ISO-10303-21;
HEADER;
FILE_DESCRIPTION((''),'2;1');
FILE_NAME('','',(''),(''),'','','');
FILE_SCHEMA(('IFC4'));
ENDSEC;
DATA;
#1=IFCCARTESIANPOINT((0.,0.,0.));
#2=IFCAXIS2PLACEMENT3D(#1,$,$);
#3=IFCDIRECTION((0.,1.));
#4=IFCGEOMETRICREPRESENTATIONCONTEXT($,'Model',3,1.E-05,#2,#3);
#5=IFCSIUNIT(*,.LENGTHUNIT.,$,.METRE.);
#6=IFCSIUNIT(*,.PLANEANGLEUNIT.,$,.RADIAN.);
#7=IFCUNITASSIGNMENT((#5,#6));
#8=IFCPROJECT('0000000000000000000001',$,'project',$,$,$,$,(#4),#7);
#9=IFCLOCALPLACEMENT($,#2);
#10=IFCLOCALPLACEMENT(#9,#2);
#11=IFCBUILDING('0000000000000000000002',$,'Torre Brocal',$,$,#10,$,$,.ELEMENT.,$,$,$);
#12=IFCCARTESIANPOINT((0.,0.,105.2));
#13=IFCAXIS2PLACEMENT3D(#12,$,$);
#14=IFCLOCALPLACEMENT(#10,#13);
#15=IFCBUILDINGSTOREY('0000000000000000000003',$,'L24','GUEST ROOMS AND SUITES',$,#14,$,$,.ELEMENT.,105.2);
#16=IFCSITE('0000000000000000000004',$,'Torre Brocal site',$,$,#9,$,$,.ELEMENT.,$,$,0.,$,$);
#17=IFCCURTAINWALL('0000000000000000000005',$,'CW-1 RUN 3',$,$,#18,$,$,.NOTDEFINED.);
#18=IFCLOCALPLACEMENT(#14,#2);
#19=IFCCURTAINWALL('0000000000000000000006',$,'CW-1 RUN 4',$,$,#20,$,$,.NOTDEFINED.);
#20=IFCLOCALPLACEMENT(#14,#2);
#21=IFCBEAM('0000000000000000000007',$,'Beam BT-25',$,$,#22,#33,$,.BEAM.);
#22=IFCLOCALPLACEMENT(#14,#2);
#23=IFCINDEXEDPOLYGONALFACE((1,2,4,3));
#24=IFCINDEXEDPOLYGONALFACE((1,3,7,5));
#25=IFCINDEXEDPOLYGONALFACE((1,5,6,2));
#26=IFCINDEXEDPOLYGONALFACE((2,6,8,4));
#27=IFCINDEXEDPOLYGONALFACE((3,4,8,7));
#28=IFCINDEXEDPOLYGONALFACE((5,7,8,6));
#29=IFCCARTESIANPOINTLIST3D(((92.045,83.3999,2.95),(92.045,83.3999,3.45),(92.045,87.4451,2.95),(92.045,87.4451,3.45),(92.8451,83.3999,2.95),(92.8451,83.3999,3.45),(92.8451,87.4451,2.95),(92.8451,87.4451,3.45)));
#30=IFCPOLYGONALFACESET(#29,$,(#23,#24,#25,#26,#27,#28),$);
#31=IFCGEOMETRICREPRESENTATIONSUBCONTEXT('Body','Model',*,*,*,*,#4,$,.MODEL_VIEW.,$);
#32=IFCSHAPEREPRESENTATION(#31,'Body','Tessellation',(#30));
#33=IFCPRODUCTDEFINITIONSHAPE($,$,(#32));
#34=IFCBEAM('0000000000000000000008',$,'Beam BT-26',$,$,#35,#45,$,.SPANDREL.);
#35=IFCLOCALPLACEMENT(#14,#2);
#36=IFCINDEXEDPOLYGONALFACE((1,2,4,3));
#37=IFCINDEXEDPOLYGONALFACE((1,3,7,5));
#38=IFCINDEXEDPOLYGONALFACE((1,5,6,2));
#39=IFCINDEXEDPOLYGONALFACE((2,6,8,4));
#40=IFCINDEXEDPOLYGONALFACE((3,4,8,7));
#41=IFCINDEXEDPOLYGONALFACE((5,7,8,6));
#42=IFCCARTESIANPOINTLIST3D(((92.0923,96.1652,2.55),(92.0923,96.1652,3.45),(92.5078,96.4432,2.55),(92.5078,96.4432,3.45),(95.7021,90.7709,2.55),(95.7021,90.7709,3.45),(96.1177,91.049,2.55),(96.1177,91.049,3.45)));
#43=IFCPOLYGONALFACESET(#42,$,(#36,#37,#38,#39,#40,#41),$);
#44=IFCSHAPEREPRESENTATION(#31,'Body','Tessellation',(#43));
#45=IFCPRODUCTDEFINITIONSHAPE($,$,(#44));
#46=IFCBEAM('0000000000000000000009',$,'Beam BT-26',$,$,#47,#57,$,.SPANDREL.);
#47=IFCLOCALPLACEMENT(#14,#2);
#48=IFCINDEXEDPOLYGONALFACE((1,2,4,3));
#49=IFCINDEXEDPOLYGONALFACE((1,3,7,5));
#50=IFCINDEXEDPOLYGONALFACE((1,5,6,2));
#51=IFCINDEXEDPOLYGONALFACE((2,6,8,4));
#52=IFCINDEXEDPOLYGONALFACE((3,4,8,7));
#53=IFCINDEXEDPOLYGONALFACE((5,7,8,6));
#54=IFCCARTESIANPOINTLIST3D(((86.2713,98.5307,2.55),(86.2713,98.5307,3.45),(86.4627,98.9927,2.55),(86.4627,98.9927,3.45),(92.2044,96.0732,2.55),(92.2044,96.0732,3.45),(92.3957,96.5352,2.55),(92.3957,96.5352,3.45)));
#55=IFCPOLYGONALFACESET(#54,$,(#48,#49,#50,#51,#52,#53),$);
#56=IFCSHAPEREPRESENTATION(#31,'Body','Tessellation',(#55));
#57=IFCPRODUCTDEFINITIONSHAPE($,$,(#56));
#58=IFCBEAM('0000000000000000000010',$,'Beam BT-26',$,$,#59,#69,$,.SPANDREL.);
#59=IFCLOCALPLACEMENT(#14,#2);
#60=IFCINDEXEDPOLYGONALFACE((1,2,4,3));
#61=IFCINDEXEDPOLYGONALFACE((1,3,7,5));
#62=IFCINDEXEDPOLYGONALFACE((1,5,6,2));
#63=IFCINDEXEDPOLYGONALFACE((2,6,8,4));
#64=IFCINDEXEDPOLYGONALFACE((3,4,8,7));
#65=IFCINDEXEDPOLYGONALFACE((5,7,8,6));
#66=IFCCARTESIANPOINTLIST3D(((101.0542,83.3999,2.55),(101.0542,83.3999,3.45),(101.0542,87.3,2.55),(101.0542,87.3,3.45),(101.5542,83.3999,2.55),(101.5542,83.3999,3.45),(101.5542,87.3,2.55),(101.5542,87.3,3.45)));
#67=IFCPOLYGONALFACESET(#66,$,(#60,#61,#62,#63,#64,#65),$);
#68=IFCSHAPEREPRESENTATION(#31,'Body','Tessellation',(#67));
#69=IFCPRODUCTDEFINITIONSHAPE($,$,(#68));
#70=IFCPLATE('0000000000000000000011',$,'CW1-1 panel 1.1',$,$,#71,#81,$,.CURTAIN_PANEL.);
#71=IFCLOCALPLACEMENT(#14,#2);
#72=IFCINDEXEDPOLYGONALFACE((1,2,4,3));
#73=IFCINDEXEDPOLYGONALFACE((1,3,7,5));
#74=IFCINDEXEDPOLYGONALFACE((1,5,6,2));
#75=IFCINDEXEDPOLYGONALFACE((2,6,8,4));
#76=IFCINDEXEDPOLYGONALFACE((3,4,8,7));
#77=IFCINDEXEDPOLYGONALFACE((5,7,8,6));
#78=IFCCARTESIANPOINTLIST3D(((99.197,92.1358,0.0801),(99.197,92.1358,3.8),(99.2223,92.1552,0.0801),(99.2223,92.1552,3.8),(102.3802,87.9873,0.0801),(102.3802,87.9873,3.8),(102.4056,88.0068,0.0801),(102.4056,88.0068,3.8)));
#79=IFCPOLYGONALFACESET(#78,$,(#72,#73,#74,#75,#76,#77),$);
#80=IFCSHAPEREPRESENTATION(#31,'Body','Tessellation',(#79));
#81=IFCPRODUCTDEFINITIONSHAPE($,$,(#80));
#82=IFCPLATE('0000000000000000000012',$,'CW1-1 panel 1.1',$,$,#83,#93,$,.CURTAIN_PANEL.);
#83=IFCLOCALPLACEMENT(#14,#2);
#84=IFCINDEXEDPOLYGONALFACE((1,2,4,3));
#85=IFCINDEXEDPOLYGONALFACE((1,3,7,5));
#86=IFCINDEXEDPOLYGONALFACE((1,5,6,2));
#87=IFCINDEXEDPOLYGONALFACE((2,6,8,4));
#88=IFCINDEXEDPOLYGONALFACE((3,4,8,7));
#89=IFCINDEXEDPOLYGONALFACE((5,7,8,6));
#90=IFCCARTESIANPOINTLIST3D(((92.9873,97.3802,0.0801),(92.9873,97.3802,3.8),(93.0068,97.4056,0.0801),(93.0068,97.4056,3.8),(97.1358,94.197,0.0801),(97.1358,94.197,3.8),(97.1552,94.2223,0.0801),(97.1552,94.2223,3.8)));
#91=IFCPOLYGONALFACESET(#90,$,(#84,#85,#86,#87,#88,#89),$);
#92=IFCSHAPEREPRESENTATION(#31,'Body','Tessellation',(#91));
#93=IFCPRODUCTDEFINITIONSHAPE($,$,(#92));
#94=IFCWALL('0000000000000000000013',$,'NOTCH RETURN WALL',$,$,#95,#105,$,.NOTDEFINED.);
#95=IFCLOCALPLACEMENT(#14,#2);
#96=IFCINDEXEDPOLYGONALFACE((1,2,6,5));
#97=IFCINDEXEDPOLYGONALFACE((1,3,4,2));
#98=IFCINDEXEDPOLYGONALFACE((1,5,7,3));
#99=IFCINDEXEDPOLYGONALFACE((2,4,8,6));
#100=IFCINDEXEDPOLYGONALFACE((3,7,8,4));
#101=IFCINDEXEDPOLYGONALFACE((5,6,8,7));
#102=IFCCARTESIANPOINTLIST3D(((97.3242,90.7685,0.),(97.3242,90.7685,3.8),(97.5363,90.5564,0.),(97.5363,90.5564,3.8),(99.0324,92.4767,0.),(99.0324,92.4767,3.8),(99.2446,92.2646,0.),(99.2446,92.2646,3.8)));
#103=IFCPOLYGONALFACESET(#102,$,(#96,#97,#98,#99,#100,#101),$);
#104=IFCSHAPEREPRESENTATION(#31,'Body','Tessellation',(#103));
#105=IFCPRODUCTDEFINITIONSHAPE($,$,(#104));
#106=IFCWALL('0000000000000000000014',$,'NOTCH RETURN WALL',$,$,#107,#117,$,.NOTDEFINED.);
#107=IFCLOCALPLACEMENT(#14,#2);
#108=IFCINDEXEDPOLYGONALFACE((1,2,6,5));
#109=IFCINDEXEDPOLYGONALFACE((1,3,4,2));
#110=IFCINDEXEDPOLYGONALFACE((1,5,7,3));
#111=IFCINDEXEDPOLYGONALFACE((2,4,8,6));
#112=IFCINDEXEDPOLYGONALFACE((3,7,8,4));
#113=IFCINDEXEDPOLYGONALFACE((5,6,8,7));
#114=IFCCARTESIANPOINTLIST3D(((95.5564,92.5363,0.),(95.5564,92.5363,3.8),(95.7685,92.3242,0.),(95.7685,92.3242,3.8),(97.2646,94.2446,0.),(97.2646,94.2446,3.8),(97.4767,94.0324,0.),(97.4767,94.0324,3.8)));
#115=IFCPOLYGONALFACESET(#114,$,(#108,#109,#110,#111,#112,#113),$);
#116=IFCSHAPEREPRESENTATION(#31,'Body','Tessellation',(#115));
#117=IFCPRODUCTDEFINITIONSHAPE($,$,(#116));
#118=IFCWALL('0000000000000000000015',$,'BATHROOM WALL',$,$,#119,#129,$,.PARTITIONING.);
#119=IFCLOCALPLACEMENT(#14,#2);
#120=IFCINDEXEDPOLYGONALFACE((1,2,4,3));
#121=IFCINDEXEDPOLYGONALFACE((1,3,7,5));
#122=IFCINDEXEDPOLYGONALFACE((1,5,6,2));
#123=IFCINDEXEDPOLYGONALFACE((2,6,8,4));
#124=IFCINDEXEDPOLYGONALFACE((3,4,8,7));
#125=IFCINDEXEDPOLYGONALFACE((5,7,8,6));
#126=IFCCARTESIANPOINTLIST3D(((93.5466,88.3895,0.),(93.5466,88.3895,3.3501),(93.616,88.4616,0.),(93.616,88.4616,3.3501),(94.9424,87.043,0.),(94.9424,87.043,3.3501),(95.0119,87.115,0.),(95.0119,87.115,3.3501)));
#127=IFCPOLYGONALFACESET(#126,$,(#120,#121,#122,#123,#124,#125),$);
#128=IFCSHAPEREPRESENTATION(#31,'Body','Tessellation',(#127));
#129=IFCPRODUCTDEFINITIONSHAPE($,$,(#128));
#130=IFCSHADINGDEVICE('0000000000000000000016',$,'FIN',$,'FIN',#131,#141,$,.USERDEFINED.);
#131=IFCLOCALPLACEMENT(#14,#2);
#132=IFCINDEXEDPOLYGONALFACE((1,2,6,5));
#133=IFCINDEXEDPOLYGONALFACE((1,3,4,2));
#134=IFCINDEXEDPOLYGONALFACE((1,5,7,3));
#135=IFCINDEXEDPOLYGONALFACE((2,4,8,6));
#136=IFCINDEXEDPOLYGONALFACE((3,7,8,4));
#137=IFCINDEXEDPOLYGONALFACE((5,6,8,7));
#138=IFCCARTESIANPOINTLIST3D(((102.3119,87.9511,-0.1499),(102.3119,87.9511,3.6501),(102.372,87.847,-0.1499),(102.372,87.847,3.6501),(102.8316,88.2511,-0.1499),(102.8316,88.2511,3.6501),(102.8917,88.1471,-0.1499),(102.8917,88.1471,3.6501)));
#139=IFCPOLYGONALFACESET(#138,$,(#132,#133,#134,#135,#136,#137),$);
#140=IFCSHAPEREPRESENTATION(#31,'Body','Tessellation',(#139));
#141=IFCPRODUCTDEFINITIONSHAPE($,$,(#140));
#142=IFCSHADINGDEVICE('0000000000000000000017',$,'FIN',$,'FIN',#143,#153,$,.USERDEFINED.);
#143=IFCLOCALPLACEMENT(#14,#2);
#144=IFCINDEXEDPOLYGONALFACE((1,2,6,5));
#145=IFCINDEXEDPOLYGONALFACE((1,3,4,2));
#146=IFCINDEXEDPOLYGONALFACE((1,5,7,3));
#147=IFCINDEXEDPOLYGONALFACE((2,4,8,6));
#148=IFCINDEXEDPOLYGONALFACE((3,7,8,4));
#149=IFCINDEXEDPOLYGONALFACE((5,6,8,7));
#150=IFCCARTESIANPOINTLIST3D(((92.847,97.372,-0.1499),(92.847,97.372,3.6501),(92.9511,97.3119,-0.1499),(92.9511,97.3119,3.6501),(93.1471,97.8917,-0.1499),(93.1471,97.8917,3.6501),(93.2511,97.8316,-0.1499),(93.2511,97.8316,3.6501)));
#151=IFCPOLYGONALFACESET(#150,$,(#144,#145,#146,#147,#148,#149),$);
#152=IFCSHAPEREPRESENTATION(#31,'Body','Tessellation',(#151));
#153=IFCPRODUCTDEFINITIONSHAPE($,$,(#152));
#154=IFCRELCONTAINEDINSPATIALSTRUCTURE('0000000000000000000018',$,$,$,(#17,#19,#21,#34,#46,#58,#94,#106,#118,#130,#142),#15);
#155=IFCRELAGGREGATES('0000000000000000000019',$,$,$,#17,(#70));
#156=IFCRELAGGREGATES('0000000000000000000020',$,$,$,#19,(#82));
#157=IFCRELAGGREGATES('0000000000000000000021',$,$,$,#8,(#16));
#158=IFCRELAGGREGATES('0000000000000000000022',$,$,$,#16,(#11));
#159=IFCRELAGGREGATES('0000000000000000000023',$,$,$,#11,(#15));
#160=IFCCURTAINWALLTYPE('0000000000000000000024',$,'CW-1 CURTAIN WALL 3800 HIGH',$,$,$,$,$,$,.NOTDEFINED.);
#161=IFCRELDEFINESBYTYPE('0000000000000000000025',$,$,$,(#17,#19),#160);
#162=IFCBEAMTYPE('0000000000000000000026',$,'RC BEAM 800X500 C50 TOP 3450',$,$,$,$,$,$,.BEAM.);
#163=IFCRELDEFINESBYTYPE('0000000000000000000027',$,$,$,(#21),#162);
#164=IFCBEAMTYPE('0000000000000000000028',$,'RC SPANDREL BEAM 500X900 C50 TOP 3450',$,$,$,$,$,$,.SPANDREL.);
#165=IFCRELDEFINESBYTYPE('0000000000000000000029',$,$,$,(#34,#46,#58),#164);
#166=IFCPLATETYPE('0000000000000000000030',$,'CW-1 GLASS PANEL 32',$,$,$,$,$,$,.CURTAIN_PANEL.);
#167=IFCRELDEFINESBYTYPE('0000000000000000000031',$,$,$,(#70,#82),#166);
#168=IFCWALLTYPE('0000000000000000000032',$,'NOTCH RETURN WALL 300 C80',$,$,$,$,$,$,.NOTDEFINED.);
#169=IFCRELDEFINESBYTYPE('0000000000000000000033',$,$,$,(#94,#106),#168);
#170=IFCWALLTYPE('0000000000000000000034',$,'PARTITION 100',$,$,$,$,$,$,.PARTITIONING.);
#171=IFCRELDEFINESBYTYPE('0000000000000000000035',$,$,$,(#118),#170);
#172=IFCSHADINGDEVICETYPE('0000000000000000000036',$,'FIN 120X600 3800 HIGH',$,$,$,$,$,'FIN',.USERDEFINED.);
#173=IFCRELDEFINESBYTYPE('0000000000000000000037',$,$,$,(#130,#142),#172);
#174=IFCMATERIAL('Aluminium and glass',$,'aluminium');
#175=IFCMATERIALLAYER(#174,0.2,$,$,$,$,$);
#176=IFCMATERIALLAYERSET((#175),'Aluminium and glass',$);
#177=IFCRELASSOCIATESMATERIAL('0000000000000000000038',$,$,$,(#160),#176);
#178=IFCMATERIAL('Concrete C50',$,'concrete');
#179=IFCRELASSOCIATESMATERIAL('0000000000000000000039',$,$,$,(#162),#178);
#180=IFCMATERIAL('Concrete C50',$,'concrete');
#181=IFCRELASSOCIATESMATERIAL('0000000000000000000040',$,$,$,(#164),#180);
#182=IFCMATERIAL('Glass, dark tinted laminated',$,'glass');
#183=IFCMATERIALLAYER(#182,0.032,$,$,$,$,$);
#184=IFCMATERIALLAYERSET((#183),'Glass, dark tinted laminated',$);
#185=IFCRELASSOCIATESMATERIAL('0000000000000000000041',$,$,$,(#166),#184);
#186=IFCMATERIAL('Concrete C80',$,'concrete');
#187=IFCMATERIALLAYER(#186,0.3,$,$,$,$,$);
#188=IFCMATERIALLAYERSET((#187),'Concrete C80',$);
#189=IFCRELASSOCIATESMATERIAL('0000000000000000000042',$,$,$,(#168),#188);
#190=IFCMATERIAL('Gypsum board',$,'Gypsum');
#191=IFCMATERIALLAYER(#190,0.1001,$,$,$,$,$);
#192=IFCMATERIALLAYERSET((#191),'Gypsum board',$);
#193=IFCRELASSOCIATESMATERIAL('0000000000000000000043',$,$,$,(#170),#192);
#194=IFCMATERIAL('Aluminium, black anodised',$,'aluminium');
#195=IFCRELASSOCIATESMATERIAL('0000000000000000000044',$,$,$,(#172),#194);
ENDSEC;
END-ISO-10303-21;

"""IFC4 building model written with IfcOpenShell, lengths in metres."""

from ifc_helpers import new_model, si_unit, direction, frame, frame_2d, origin, origin_2d, place, context, subcontext, project, spatial, rectangle, extrude, material, layer, layer_set, material_profile, profile_set, type_object, element, aggregate, save


model = new_model("IFC4")

# Units and contexts
model_context = context("Model", 3, precision=1e-05, world=origin(), true_north=direction((0.0, 1.0)))
body_context = subcontext(model_context, "Body", "Model", "MODEL_VIEW")
ifc_project = project(units=[si_unit("LENGTHUNIT", "METRE"), si_unit("PLANEANGLEUNIT", "RADIAN")], contexts=[model_context])

# Site, building, storey
site_placement = place(None, origin())
site = spatial("IfcSite", under=ifc_project, at=site_placement, Name="Torre Brocal site", CompositionType="ELEMENT", RefElevation=0.0)
building_placement = place(site_placement, origin())
building = spatial("IfcBuilding", under=site, at=building_placement, Name="Torre Brocal", CompositionType="ELEMENT")
storey_placement = place(building_placement, frame((0.0, 0.0, 105.2)))
storey = spatial("IfcBuildingStorey", under=building, at=storey_placement, Name="L24", Description="GUEST ROOMS AND SUITES", CompositionType="ELEMENT", Elevation=105.2)

# Shared definitions
ifc_material_1 = material(Name="Aluminium and glass", Category="aluminium")
ifc_layer_1 = layer(ifc_material_1, 0.2)
ifc_layer_set_1 = layer_set([ifc_layer_1], Name="Aluminium and glass")
curtain_wall_type = type_object("IfcCurtainWallType", Name="CW-1 CURTAIN WALL 3800 HIGH", PredefinedType="NOTDEFINED", material=ifc_layer_set_1)

# Curtain walls
curtain_wall_1_placement = place(storey_placement, origin())
curtain_wall_1 = element("IfcCurtainWall", 1, at=curtain_wall_1_placement, inside=storey, type_object=curtain_wall_type, Name="CW-1 RUN 3", PredefinedType="NOTDEFINED")
curtain_wall_2_placement = place(storey_placement, origin())
curtain_wall_2 = element("IfcCurtainWall", 2, at=curtain_wall_2_placement, inside=storey, type_object=curtain_wall_type, Name="CW-1 RUN 4", PredefinedType="NOTDEFINED")

# Beams
ifc_material_2 = material(Name="Concrete C50", Category="concrete")
ifc_material_profile_1 = material_profile(ifc_material_2, rectangle(XDim=0.8, YDim=0.5, at=origin_2d()), Name="RC 800X500")
ifc_profile_set_1 = profile_set([ifc_material_profile_1], Name="Concrete C50")
beam_type_1 = type_object("IfcBeamType", Name="RC BEAM 800X500 C50 TOP 3450", PredefinedType="BEAM", material=ifc_profile_set_1)
beam_1_placement = place(storey_placement, frame((92.4451, 87.4451, 3.2), z_axis=(0.0, -1.0, 0.0), x_axis=(1.0, 0.0, 0.0)))
element("IfcBeam", 3, at=beam_1_placement, inside=storey, type_object=beam_type_1, Name="Beam BT-25", PredefinedType="BEAM", context=body_context, shape_type="SweptSolid", body=[
    extrude(rectangle(XDim=0.8, YDim=0.5, at=origin_2d()), origin(), (0.0, 0.0, 1.0), 4.0452),
])
ifc_material_3 = material(Name="Concrete C50", Category="concrete")
ifc_material_profile_2 = material_profile(ifc_material_3, rectangle(XDim=0.5, YDim=0.8999, at=origin_2d()), Name="RC 500X900")
ifc_profile_set_2 = profile_set([ifc_material_profile_2], Name="Concrete C50")
beam_type_2 = type_object("IfcBeamType", Name="RC SPANDREL BEAM 500X900 C50 TOP 3450", PredefinedType="SPANDREL", material=ifc_profile_set_2)
beam_2_placement = place(storey_placement, frame((95.9099, 90.9099, 3.0), z_axis=(-0.556158, 0.831077, 0.0), x_axis=(-0.831077, -0.556158, 0.0)))
element("IfcBeam", 4, at=beam_2_placement, inside=storey, type_object=beam_type_2, Name="Beam BT-26", PredefinedType="SPANDREL", context=body_context, shape_type="SweptSolid", body=[
    extrude(rectangle(XDim=0.5, YDim=0.8999, at=origin_2d()), origin(), (0.0, 0.0, 1.0), 6.4907),
])
beam_3_placement = place(storey_placement, frame((92.3, 96.3042, 3.0), z_axis=(-0.923882, 0.382676, 0.0), x_axis=(-0.382676, -0.923882, 0.0)))
element("IfcBeam", 5, at=beam_3_placement, inside=storey, type_object=beam_type_2, Name="Beam BT-26", PredefinedType="SPANDREL", context=body_context, shape_type="SweptSolid", body=[
    extrude(rectangle(XDim=0.5, YDim=0.8999, at=origin_2d()), origin(), (0.0, 0.0, 1.0), 6.4219),
])
beam_4_placement = place(storey_placement, frame((101.3042, 87.3, 3.0), z_axis=(0.0, -1.0, 0.0), x_axis=(1.0, 0.0, 0.0)))
element("IfcBeam", 6, at=beam_4_placement, inside=storey, type_object=beam_type_2, Name="Beam BT-26", PredefinedType="SPANDREL", context=body_context, shape_type="SweptSolid", body=[
    extrude(rectangle(XDim=0.5, YDim=0.8999, at=origin_2d()), origin(), (0.0, 0.0, 1.0), 3.9001),
])

# Plates
ifc_material_4 = material(Name="Glass, dark tinted laminated", Category="glass")
ifc_layer_2 = layer(ifc_material_4, 0.032)
ifc_layer_set_2 = layer_set([ifc_layer_2], Name="Glass, dark tinted laminated")
plate_type = type_object("IfcPlateType", Name="CW-1 GLASS PANEL 32", PredefinedType="CURTAIN_PANEL", material=ifc_layer_set_2)
plate_1_placement = place(storey_placement, frame((100.8013, 90.0713, 0.0801), z_axis=(0.0, 0.0, 1.0), x_axis=(-0.608761, 0.793353, 0.0)))
plate_1 = element("IfcPlate", 7, at=plate_1_placement, type_object=plate_type, Name="CW1-1 panel 1.1", PredefinedType="CURTAIN_PANEL", context=body_context, shape_type="SweptSolid", body=[
    extrude(rectangle(XDim=5.229, YDim=0.032, at=origin_2d()), origin(), (0.0, 0.0, 1.0), 3.72),
])
aggregate(curtain_wall_1, [plate_1])
plate_2_placement = place(storey_placement, frame((95.0713, 95.8013, 0.0801), z_axis=(0.0, 0.0, 1.0), x_axis=(-0.793353, 0.608761, 0.0)))
plate_2 = element("IfcPlate", 8, at=plate_2_placement, type_object=plate_type, Name="CW1-1 panel 1.1", PredefinedType="CURTAIN_PANEL", context=body_context, shape_type="SweptSolid", body=[
    extrude(rectangle(XDim=5.229, YDim=0.032, at=origin_2d()), origin(), (0.0, 0.0, 1.0), 3.72),
])
aggregate(curtain_wall_2, [plate_2])

# Walls
ifc_material_5 = material(Name="Concrete C80", Category="concrete")
ifc_layer_3 = layer(ifc_material_5, 0.3)
ifc_layer_set_3 = layer_set([ifc_layer_3], Name="Concrete C80")
wall_type_1 = type_object("IfcWallType", Name="NOTCH RETURN WALL 300 C80", PredefinedType="NOTDEFINED", material=ifc_layer_set_3)
for number, where, z_axis, x_axis, name in (
    (9, (97.4302, 90.6624, 0.0), (0.0, 0.0, 1.0), (0.707107, 0.707107, 0.0), "NOTCH RETURN WALL"),
    (10, (95.6624, 92.4302, 0.0), (0.0, 0.0, 1.0), (0.707107, 0.707107, 0.0), "NOTCH RETURN WALL"),
):
    element("IfcWall", number, at=place(storey_placement, frame(where, z_axis=z_axis, x_axis=x_axis)), inside=storey, type_object=wall_type_1, Name=name, PredefinedType="NOTDEFINED", context=body_context, shape_type="SweptSolid", body=[
        extrude(rectangle(XDim=2.4158, YDim=0.3, at=frame_2d((1.208, 0.0))), origin(), (0.0, 0.0, 1.0), 3.8),
    ])
ifc_material_6 = material(Name="Gypsum board", Category="Gypsum")
ifc_layer_4 = layer(ifc_material_6, 0.1001)
ifc_layer_set_4 = layer_set([ifc_layer_4], Name="Gypsum board")
wall_type_2 = type_object("IfcWallType", Name="PARTITION 100", PredefinedType="PARTITIONING", material=ifc_layer_set_4)
wall_placement = place(storey_placement, frame((93.5813, 88.4255, 0.0), z_axis=(0.0, 0.0, 1.0), x_axis=(0.719707, -0.694278, 0.0)))
element("IfcWall", 11, at=wall_placement, inside=storey, type_object=wall_type_2, Name="BATHROOM WALL", PredefinedType="PARTITIONING", context=body_context, shape_type="SweptSolid", body=[
    extrude(rectangle(XDim=1.9395, YDim=0.1001, at=frame_2d((0.9697, 0.0))), origin(), (0.0, 0.0, 1.0), 3.3501),
])

# Shading devices
ifc_material_7 = material(Name="Aluminium, black anodised", Category="aluminium")
ifc_material_profile_3 = material_profile(ifc_material_7, rectangle(XDim=0.1201, YDim=0.6001, at=origin_2d()), Name="FIN 120X600 3800 HIGH")
ifc_profile_set_3 = profile_set([ifc_material_profile_3], Name="Aluminium, black anodised")
shading_device_type = type_object("IfcShadingDeviceType", Name="FIN 120X600 3800 HIGH", ElementType="FIN", PredefinedType="USERDEFINED", material=ifc_profile_set_3)
for number, where, z_axis, x_axis, name in (
    (12, (102.6018, 88.0491, -0.1499), (0.0, 0.0, 1.0), (-0.5, 0.866025, 0.0), "FIN"),
    (13, (93.0491, 97.6018, -0.1499), (0.0, 0.0, 1.0), (-0.866025, 0.5, 0.0), "FIN"),
):
    element("IfcShadingDevice", number, at=place(storey_placement, frame(where, z_axis=z_axis, x_axis=x_axis)), inside=storey, type_object=shading_device_type, Name=name, ObjectType="FIN", PredefinedType="USERDEFINED", context=body_context, shape_type="SweptSolid", body=[
        extrude(rectangle(XDim=0.1201, YDim=0.6001, at=origin_2d()), origin(), (0.0, 0.0, 1.0), 3.8),
    ])

save(model, "model.ifc")
